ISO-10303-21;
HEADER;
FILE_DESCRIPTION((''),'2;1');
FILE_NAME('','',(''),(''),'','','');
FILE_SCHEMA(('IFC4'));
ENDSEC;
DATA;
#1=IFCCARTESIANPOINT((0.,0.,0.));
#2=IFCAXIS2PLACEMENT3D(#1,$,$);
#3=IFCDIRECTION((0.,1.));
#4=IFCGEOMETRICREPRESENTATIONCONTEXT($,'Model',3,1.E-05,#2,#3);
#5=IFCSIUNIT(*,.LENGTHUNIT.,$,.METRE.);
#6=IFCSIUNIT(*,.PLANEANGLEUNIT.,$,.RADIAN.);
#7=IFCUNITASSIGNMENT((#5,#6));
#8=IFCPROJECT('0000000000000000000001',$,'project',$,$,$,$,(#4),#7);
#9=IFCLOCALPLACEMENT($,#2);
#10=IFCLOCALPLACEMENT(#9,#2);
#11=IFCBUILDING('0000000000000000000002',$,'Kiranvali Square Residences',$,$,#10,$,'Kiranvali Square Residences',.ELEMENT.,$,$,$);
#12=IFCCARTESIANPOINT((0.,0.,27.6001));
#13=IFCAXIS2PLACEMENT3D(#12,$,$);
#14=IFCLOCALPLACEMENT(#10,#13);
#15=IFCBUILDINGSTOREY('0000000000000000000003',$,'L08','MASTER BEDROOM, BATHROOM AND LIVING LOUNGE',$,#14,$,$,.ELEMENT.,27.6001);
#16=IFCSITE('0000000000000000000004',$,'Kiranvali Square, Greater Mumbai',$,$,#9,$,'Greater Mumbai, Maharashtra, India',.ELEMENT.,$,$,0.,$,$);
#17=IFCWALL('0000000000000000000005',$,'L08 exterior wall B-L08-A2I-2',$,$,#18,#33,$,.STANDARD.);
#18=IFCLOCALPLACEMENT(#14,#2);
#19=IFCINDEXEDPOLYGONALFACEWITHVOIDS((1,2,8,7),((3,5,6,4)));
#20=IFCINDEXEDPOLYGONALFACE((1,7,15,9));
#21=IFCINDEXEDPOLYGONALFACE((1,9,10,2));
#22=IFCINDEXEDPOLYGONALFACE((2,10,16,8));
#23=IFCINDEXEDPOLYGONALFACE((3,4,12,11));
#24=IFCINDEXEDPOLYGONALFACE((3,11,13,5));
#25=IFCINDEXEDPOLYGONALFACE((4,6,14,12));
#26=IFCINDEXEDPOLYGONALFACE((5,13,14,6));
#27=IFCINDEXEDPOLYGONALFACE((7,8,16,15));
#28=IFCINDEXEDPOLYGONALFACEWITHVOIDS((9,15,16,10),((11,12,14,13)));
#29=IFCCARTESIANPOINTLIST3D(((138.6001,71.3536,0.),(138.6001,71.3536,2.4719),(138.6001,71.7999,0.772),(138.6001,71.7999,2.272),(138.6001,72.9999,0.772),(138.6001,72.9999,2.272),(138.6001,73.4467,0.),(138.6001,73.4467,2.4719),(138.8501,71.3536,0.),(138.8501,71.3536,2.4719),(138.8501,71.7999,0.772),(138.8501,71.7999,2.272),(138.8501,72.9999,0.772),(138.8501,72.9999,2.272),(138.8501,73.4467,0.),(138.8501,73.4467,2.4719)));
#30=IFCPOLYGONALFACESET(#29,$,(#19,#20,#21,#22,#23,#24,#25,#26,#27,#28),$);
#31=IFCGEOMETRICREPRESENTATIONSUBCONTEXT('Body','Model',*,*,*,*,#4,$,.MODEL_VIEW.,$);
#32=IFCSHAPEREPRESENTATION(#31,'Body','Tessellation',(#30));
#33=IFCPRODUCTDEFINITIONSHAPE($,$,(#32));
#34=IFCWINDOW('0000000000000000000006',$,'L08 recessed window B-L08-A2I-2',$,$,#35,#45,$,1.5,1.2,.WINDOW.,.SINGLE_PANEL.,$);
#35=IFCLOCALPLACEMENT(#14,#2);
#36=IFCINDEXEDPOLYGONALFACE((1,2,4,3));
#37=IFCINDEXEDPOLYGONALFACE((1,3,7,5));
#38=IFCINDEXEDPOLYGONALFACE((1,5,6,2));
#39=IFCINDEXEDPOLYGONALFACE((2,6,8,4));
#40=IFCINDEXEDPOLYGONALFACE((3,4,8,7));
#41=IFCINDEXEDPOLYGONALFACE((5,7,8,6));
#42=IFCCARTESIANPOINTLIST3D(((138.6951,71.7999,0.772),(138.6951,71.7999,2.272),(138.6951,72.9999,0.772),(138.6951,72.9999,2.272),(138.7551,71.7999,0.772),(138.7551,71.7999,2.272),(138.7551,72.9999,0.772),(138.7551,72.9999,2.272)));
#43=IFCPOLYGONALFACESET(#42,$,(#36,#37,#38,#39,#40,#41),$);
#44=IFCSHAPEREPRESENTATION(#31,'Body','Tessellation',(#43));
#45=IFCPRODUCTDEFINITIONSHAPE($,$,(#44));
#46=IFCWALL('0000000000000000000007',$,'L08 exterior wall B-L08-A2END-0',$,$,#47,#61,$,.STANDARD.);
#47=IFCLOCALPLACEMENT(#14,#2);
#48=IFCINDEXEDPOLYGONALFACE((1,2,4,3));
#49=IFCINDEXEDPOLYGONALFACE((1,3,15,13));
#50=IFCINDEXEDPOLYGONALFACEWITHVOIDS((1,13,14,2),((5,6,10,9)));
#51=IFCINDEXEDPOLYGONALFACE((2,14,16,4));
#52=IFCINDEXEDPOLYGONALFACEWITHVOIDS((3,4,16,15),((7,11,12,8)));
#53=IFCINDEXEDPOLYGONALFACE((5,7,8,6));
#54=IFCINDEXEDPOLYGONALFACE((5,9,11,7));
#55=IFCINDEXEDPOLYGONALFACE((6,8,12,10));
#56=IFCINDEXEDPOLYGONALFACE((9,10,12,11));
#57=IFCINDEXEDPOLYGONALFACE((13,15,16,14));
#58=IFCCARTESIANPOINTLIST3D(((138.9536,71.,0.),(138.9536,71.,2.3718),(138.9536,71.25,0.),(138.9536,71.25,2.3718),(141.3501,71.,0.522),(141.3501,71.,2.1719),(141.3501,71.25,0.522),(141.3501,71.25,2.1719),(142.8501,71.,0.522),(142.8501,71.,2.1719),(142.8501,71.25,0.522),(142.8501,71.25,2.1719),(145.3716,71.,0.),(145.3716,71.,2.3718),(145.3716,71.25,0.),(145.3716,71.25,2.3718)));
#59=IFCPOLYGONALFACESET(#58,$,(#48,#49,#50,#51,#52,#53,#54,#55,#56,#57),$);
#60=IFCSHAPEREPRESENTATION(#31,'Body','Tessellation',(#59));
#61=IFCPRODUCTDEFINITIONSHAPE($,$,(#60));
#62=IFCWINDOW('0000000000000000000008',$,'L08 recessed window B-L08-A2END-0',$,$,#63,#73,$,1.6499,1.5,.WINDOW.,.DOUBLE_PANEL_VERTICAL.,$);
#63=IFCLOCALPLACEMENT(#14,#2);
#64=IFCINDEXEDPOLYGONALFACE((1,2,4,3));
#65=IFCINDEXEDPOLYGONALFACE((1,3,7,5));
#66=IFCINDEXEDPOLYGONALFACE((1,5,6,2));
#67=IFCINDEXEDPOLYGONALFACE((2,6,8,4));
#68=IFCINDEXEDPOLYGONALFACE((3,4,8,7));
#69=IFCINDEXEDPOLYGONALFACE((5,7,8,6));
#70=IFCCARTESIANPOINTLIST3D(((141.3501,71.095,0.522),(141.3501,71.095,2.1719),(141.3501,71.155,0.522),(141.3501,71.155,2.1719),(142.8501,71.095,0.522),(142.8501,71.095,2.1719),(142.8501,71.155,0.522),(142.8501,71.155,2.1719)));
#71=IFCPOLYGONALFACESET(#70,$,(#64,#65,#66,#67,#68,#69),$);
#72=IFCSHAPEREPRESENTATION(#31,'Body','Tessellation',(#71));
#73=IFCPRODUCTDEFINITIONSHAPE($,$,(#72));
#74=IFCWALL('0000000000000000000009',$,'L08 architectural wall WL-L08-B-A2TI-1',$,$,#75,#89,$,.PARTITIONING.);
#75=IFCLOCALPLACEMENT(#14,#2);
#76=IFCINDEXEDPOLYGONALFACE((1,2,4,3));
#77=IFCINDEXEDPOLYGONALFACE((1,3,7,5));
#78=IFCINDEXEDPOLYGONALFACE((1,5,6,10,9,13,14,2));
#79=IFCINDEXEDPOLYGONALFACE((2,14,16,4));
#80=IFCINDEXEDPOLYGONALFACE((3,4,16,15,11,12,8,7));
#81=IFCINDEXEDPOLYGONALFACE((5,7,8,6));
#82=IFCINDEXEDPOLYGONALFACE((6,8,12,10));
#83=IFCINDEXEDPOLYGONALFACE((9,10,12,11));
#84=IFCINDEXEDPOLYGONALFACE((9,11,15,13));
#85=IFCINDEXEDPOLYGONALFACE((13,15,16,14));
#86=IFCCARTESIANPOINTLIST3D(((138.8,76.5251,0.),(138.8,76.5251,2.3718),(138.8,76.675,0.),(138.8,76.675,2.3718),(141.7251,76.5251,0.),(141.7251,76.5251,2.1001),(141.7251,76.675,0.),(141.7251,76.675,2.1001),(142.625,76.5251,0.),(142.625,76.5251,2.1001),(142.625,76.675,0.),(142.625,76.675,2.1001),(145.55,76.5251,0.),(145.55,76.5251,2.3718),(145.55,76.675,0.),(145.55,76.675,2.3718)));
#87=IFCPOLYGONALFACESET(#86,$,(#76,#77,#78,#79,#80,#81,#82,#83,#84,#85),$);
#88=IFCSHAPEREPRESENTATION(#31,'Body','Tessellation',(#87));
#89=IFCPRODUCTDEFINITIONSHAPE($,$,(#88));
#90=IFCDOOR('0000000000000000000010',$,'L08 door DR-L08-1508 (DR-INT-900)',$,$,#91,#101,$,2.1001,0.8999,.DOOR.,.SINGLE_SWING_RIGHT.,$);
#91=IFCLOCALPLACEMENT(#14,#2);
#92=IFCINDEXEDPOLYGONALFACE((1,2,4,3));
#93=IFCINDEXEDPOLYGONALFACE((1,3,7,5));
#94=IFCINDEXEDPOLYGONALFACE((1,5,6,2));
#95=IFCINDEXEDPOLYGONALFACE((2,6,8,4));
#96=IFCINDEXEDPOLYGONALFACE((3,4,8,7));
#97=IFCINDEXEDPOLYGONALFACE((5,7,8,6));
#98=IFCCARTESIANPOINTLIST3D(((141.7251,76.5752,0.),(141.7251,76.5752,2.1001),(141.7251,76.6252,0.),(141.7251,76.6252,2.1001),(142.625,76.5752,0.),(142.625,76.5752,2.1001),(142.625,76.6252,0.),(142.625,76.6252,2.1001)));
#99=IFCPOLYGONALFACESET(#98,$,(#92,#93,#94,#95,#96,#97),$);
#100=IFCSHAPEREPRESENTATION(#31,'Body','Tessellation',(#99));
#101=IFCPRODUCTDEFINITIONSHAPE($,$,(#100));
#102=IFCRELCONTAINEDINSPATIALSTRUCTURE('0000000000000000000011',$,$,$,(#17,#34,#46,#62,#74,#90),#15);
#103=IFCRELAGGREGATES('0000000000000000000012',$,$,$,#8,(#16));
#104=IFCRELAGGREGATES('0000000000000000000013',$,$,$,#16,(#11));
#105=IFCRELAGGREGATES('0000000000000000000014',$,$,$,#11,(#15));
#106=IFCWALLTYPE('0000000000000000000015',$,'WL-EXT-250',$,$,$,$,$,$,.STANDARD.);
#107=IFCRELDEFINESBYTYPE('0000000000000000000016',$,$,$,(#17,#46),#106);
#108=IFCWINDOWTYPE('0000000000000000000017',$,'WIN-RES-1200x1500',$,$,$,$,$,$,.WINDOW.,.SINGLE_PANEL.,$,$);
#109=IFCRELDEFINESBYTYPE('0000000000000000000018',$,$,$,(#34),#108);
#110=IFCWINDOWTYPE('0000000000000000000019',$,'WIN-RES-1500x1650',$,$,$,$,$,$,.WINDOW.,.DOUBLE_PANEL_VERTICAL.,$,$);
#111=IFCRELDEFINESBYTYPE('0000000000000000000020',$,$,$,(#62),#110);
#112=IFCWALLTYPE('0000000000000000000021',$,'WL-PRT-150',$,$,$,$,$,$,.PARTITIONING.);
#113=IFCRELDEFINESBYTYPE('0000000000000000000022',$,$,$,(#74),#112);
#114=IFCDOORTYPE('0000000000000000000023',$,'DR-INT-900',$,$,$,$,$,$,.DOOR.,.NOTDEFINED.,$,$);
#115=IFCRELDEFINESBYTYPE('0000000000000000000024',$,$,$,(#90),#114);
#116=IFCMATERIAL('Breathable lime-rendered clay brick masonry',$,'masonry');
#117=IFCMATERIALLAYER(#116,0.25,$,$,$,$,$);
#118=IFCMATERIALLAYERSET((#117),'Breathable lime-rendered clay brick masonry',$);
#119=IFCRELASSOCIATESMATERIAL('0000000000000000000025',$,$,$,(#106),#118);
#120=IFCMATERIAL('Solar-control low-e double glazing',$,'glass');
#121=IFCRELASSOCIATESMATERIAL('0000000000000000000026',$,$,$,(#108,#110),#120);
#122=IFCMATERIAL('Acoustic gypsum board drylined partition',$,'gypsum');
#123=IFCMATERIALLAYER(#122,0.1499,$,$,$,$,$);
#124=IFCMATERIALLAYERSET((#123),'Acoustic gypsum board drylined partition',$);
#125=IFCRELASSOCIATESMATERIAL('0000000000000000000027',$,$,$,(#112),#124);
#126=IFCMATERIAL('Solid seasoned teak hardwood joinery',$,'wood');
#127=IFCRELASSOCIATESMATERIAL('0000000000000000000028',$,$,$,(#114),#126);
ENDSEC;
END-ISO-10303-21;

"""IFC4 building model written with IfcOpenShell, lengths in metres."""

from ifc_helpers import new_model, si_unit, direction, frame, frame_2d, origin, place, context, subcontext, project, spatial, rectangle, extrude, material, layer, layer_set, type_object, element, fill, save


model = new_model("IFC4")

# Units and contexts
model_context = context("Model", 3, precision=1e-05, world=origin(), true_north=direction((0.0, 1.0)))
body_context = subcontext(model_context, "Body", "Model", "MODEL_VIEW")
ifc_project = project(units=[si_unit("LENGTHUNIT", "METRE"), si_unit("PLANEANGLEUNIT", "RADIAN")], contexts=[model_context])

# Site, building, storey
site_placement = place(None, origin())
site = spatial("IfcSite", under=ifc_project, at=site_placement, Name="Kiranvali Square, Greater Mumbai", LongName="Greater Mumbai, Maharashtra, India", CompositionType="ELEMENT", RefElevation=0.0)
building_placement = place(site_placement, origin())
building = spatial("IfcBuilding", under=site, at=building_placement, Name="Kiranvali Square Residences", LongName="Kiranvali Square Residences", CompositionType="ELEMENT")
storey_placement = place(building_placement, frame((0.0, 0.0, 27.6001)))
storey = spatial("IfcBuildingStorey", under=building, at=storey_placement, Name="L08", Description="MASTER BEDROOM, BATHROOM AND LIVING LOUNGE", CompositionType="ELEMENT", Elevation=27.6001)

# Walls, openings, windows
ifc_material_1 = material(Name="Breathable lime-rendered clay brick masonry", Category="masonry")
ifc_layer_1 = layer(ifc_material_1, 0.25)
ifc_layer_set_1 = layer_set([ifc_layer_1], Name="Breathable lime-rendered clay brick masonry")
wall_type_1 = type_object("IfcWallType", Name="WL-EXT-250", PredefinedType="STANDARD", material=ifc_layer_set_1)
ifc_material_2 = material(Name="Solar-control low-e double glazing", Category="glass")
window_type_1 = type_object("IfcWindowType", Name="WIN-RES-1200x1500", PartitioningType="SINGLE_PANEL", PredefinedType="WINDOW", material=ifc_material_2)
wall_1_placement = place(storey_placement, frame((138.7251, 73.4465, 0.0), z_axis=(0.0, 0.0, 1.0), x_axis=(0.0, -1.0, 0.0)))
wall_1 = element("IfcWall", 1, at=wall_1_placement, inside=storey, type_object=wall_type_1, Name="L08 exterior wall B-L08-A2I-2", PredefinedType="STANDARD", context=body_context, shape_type="SweptSolid", body=[
    extrude(rectangle(XDim=2.093, YDim=0.25, at=frame_2d((1.0464, 0.0))), origin(), (0.0, 0.0, 1.0), 2.4719),
])
opening_1_placement = place(wall_1_placement, frame((0.4465, 0.0, 0.772)))
opening_1 = element("IfcOpeningElement", 2, at=opening_1_placement, cuts=wall_1, PredefinedType="OPENING", context=body_context, shape_type="SweptSolid", body=[
    extrude(rectangle(XDim=1.2, YDim=1.5, at=frame_2d((0.6001, 0.75))), frame((0.0, 0.135, 0.0), z_axis=(0.0, -1.0, 0.0), x_axis=(1.0, 0.0, 0.0)), (0.0, 0.0, 1.0), 0.27),
])
window_1_placement = place(opening_1_placement, origin())
window_1 = element("IfcWindow", 3, at=window_1_placement, inside=storey, type_object=window_type_1, Name="L08 recessed window B-L08-A2I-2", OverallHeight=1.5, OverallWidth=1.2, PartitioningType="SINGLE_PANEL", PredefinedType="WINDOW", context=body_context, shape_type="SweptSolid", body=[
    extrude(rectangle(XDim=1.2, YDim=1.5, at=frame_2d((0.6001, 0.75))), frame((0.0, 0.03, 0.0), z_axis=(0.0, -1.0, 0.0), x_axis=(1.0, 0.0, 0.0)), (0.0, 0.0, 1.0), 0.0601),
])
fill(opening_1, window_1)
wall_2_placement = place(storey_placement, frame((138.9536, 71.125, 0.0), z_axis=(0.0, 0.0, 1.0), x_axis=(1.0, 0.0, 0.0)))
wall_2 = element("IfcWall", 4, at=wall_2_placement, inside=storey, type_object=wall_type_1, Name="L08 exterior wall B-L08-A2END-0", PredefinedType="STANDARD", context=body_context, shape_type="SweptSolid", body=[
    extrude(rectangle(XDim=6.418, YDim=0.25, at=frame_2d((3.209, 0.0))), origin(), (0.0, 0.0, 1.0), 2.3718),
])
opening_2_placement = place(wall_2_placement, frame((2.3965, 0.0, 0.522)))
opening_2 = element("IfcOpeningElement", 5, at=opening_2_placement, cuts=wall_2, PredefinedType="OPENING", context=body_context, shape_type="SweptSolid", body=[
    extrude(rectangle(XDim=1.5, YDim=1.6499, at=frame_2d((0.75, 0.825))), frame((0.0, 0.135, 0.0), z_axis=(0.0, -1.0, 0.0), x_axis=(1.0, 0.0, 0.0)), (0.0, 0.0, 1.0), 0.27),
])
window_type_2 = type_object("IfcWindowType", Name="WIN-RES-1500x1650", PartitioningType="DOUBLE_PANEL_VERTICAL", PredefinedType="WINDOW", material=ifc_material_2)
window_2_placement = place(opening_2_placement, origin())
window_2 = element("IfcWindow", 6, at=window_2_placement, inside=storey, type_object=window_type_2, Name="L08 recessed window B-L08-A2END-0", OverallHeight=1.6499, OverallWidth=1.5, PartitioningType="DOUBLE_PANEL_VERTICAL", PredefinedType="WINDOW", context=body_context, shape_type="SweptSolid", body=[
    extrude(rectangle(XDim=1.5, YDim=1.6499, at=frame_2d((0.75, 0.825))), frame((0.0, 0.03, 0.0), z_axis=(0.0, -1.0, 0.0), x_axis=(1.0, 0.0, 0.0)), (0.0, 0.0, 1.0), 0.0601),
])
fill(opening_2, window_2)

# Wall, opening, door
ifc_material_3 = material(Name="Acoustic gypsum board drylined partition", Category="gypsum")
ifc_layer_2 = layer(ifc_material_3, 0.1499)
ifc_layer_set_2 = layer_set([ifc_layer_2], Name="Acoustic gypsum board drylined partition")
wall_type_2 = type_object("IfcWallType", Name="WL-PRT-150", PredefinedType="PARTITIONING", material=ifc_layer_set_2)
wall_3_placement = place(storey_placement, frame((138.8, 76.6001, 0.0), z_axis=(0.0, 0.0, 1.0), x_axis=(1.0, 0.0, 0.0)))
wall_3 = element("IfcWall", 7, at=wall_3_placement, inside=storey, type_object=wall_type_2, Name="L08 architectural wall WL-L08-B-A2TI-1", PredefinedType="PARTITIONING", context=body_context, shape_type="SweptSolid", body=[
    extrude(rectangle(XDim=6.75, YDim=0.1499, at=frame_2d((3.375, 0.0))), origin(), (0.0, 0.0, 1.0), 2.3718),
])
opening_3_placement = place(wall_3_placement, frame((2.925, 0.0, 0.0)))
opening_3 = element("IfcOpeningElement", 8, at=opening_3_placement, cuts=wall_3, PredefinedType="OPENING", context=body_context, shape_type="SweptSolid", body=[
    extrude(rectangle(XDim=0.8999, YDim=2.1001, at=frame_2d((0.45, 1.05))), frame((0.0, 0.085, 0.0), z_axis=(0.0, -1.0, 0.0), x_axis=(1.0, 0.0, 0.0)), (0.0, 0.0, 1.0), 0.1699),
])
ifc_material_4 = material(Name="Solid seasoned teak hardwood joinery", Category="wood")
door_type = type_object("IfcDoorType", Name="DR-INT-900", OperationType="NOTDEFINED", PredefinedType="DOOR", material=ifc_material_4)
door_placement = place(opening_3_placement, frame((0.8999, 0.0, 0.0), z_axis=(0.0, 0.0, 1.0), x_axis=(-1.0, 0.0, 0.0)))
door = element("IfcDoor", 9, at=door_placement, inside=storey, type_object=door_type, Name="L08 door DR-L08-1508 (DR-INT-900)", OperationType="SINGLE_SWING_RIGHT", OverallHeight=2.1001, OverallWidth=0.8999, PredefinedType="DOOR", context=body_context, shape_type="SweptSolid", body=[
    extrude(rectangle(XDim=0.8999, YDim=2.1001, at=frame_2d((0.45, 1.05))), frame((0.0, 0.0249, 0.0), z_axis=(0.0, -1.0, 0.0), x_axis=(1.0, 0.0, 0.0)), (0.0, 0.0, 1.0), 0.05),
])
fill(opening_3, door)

save(model, "model.ifc")
